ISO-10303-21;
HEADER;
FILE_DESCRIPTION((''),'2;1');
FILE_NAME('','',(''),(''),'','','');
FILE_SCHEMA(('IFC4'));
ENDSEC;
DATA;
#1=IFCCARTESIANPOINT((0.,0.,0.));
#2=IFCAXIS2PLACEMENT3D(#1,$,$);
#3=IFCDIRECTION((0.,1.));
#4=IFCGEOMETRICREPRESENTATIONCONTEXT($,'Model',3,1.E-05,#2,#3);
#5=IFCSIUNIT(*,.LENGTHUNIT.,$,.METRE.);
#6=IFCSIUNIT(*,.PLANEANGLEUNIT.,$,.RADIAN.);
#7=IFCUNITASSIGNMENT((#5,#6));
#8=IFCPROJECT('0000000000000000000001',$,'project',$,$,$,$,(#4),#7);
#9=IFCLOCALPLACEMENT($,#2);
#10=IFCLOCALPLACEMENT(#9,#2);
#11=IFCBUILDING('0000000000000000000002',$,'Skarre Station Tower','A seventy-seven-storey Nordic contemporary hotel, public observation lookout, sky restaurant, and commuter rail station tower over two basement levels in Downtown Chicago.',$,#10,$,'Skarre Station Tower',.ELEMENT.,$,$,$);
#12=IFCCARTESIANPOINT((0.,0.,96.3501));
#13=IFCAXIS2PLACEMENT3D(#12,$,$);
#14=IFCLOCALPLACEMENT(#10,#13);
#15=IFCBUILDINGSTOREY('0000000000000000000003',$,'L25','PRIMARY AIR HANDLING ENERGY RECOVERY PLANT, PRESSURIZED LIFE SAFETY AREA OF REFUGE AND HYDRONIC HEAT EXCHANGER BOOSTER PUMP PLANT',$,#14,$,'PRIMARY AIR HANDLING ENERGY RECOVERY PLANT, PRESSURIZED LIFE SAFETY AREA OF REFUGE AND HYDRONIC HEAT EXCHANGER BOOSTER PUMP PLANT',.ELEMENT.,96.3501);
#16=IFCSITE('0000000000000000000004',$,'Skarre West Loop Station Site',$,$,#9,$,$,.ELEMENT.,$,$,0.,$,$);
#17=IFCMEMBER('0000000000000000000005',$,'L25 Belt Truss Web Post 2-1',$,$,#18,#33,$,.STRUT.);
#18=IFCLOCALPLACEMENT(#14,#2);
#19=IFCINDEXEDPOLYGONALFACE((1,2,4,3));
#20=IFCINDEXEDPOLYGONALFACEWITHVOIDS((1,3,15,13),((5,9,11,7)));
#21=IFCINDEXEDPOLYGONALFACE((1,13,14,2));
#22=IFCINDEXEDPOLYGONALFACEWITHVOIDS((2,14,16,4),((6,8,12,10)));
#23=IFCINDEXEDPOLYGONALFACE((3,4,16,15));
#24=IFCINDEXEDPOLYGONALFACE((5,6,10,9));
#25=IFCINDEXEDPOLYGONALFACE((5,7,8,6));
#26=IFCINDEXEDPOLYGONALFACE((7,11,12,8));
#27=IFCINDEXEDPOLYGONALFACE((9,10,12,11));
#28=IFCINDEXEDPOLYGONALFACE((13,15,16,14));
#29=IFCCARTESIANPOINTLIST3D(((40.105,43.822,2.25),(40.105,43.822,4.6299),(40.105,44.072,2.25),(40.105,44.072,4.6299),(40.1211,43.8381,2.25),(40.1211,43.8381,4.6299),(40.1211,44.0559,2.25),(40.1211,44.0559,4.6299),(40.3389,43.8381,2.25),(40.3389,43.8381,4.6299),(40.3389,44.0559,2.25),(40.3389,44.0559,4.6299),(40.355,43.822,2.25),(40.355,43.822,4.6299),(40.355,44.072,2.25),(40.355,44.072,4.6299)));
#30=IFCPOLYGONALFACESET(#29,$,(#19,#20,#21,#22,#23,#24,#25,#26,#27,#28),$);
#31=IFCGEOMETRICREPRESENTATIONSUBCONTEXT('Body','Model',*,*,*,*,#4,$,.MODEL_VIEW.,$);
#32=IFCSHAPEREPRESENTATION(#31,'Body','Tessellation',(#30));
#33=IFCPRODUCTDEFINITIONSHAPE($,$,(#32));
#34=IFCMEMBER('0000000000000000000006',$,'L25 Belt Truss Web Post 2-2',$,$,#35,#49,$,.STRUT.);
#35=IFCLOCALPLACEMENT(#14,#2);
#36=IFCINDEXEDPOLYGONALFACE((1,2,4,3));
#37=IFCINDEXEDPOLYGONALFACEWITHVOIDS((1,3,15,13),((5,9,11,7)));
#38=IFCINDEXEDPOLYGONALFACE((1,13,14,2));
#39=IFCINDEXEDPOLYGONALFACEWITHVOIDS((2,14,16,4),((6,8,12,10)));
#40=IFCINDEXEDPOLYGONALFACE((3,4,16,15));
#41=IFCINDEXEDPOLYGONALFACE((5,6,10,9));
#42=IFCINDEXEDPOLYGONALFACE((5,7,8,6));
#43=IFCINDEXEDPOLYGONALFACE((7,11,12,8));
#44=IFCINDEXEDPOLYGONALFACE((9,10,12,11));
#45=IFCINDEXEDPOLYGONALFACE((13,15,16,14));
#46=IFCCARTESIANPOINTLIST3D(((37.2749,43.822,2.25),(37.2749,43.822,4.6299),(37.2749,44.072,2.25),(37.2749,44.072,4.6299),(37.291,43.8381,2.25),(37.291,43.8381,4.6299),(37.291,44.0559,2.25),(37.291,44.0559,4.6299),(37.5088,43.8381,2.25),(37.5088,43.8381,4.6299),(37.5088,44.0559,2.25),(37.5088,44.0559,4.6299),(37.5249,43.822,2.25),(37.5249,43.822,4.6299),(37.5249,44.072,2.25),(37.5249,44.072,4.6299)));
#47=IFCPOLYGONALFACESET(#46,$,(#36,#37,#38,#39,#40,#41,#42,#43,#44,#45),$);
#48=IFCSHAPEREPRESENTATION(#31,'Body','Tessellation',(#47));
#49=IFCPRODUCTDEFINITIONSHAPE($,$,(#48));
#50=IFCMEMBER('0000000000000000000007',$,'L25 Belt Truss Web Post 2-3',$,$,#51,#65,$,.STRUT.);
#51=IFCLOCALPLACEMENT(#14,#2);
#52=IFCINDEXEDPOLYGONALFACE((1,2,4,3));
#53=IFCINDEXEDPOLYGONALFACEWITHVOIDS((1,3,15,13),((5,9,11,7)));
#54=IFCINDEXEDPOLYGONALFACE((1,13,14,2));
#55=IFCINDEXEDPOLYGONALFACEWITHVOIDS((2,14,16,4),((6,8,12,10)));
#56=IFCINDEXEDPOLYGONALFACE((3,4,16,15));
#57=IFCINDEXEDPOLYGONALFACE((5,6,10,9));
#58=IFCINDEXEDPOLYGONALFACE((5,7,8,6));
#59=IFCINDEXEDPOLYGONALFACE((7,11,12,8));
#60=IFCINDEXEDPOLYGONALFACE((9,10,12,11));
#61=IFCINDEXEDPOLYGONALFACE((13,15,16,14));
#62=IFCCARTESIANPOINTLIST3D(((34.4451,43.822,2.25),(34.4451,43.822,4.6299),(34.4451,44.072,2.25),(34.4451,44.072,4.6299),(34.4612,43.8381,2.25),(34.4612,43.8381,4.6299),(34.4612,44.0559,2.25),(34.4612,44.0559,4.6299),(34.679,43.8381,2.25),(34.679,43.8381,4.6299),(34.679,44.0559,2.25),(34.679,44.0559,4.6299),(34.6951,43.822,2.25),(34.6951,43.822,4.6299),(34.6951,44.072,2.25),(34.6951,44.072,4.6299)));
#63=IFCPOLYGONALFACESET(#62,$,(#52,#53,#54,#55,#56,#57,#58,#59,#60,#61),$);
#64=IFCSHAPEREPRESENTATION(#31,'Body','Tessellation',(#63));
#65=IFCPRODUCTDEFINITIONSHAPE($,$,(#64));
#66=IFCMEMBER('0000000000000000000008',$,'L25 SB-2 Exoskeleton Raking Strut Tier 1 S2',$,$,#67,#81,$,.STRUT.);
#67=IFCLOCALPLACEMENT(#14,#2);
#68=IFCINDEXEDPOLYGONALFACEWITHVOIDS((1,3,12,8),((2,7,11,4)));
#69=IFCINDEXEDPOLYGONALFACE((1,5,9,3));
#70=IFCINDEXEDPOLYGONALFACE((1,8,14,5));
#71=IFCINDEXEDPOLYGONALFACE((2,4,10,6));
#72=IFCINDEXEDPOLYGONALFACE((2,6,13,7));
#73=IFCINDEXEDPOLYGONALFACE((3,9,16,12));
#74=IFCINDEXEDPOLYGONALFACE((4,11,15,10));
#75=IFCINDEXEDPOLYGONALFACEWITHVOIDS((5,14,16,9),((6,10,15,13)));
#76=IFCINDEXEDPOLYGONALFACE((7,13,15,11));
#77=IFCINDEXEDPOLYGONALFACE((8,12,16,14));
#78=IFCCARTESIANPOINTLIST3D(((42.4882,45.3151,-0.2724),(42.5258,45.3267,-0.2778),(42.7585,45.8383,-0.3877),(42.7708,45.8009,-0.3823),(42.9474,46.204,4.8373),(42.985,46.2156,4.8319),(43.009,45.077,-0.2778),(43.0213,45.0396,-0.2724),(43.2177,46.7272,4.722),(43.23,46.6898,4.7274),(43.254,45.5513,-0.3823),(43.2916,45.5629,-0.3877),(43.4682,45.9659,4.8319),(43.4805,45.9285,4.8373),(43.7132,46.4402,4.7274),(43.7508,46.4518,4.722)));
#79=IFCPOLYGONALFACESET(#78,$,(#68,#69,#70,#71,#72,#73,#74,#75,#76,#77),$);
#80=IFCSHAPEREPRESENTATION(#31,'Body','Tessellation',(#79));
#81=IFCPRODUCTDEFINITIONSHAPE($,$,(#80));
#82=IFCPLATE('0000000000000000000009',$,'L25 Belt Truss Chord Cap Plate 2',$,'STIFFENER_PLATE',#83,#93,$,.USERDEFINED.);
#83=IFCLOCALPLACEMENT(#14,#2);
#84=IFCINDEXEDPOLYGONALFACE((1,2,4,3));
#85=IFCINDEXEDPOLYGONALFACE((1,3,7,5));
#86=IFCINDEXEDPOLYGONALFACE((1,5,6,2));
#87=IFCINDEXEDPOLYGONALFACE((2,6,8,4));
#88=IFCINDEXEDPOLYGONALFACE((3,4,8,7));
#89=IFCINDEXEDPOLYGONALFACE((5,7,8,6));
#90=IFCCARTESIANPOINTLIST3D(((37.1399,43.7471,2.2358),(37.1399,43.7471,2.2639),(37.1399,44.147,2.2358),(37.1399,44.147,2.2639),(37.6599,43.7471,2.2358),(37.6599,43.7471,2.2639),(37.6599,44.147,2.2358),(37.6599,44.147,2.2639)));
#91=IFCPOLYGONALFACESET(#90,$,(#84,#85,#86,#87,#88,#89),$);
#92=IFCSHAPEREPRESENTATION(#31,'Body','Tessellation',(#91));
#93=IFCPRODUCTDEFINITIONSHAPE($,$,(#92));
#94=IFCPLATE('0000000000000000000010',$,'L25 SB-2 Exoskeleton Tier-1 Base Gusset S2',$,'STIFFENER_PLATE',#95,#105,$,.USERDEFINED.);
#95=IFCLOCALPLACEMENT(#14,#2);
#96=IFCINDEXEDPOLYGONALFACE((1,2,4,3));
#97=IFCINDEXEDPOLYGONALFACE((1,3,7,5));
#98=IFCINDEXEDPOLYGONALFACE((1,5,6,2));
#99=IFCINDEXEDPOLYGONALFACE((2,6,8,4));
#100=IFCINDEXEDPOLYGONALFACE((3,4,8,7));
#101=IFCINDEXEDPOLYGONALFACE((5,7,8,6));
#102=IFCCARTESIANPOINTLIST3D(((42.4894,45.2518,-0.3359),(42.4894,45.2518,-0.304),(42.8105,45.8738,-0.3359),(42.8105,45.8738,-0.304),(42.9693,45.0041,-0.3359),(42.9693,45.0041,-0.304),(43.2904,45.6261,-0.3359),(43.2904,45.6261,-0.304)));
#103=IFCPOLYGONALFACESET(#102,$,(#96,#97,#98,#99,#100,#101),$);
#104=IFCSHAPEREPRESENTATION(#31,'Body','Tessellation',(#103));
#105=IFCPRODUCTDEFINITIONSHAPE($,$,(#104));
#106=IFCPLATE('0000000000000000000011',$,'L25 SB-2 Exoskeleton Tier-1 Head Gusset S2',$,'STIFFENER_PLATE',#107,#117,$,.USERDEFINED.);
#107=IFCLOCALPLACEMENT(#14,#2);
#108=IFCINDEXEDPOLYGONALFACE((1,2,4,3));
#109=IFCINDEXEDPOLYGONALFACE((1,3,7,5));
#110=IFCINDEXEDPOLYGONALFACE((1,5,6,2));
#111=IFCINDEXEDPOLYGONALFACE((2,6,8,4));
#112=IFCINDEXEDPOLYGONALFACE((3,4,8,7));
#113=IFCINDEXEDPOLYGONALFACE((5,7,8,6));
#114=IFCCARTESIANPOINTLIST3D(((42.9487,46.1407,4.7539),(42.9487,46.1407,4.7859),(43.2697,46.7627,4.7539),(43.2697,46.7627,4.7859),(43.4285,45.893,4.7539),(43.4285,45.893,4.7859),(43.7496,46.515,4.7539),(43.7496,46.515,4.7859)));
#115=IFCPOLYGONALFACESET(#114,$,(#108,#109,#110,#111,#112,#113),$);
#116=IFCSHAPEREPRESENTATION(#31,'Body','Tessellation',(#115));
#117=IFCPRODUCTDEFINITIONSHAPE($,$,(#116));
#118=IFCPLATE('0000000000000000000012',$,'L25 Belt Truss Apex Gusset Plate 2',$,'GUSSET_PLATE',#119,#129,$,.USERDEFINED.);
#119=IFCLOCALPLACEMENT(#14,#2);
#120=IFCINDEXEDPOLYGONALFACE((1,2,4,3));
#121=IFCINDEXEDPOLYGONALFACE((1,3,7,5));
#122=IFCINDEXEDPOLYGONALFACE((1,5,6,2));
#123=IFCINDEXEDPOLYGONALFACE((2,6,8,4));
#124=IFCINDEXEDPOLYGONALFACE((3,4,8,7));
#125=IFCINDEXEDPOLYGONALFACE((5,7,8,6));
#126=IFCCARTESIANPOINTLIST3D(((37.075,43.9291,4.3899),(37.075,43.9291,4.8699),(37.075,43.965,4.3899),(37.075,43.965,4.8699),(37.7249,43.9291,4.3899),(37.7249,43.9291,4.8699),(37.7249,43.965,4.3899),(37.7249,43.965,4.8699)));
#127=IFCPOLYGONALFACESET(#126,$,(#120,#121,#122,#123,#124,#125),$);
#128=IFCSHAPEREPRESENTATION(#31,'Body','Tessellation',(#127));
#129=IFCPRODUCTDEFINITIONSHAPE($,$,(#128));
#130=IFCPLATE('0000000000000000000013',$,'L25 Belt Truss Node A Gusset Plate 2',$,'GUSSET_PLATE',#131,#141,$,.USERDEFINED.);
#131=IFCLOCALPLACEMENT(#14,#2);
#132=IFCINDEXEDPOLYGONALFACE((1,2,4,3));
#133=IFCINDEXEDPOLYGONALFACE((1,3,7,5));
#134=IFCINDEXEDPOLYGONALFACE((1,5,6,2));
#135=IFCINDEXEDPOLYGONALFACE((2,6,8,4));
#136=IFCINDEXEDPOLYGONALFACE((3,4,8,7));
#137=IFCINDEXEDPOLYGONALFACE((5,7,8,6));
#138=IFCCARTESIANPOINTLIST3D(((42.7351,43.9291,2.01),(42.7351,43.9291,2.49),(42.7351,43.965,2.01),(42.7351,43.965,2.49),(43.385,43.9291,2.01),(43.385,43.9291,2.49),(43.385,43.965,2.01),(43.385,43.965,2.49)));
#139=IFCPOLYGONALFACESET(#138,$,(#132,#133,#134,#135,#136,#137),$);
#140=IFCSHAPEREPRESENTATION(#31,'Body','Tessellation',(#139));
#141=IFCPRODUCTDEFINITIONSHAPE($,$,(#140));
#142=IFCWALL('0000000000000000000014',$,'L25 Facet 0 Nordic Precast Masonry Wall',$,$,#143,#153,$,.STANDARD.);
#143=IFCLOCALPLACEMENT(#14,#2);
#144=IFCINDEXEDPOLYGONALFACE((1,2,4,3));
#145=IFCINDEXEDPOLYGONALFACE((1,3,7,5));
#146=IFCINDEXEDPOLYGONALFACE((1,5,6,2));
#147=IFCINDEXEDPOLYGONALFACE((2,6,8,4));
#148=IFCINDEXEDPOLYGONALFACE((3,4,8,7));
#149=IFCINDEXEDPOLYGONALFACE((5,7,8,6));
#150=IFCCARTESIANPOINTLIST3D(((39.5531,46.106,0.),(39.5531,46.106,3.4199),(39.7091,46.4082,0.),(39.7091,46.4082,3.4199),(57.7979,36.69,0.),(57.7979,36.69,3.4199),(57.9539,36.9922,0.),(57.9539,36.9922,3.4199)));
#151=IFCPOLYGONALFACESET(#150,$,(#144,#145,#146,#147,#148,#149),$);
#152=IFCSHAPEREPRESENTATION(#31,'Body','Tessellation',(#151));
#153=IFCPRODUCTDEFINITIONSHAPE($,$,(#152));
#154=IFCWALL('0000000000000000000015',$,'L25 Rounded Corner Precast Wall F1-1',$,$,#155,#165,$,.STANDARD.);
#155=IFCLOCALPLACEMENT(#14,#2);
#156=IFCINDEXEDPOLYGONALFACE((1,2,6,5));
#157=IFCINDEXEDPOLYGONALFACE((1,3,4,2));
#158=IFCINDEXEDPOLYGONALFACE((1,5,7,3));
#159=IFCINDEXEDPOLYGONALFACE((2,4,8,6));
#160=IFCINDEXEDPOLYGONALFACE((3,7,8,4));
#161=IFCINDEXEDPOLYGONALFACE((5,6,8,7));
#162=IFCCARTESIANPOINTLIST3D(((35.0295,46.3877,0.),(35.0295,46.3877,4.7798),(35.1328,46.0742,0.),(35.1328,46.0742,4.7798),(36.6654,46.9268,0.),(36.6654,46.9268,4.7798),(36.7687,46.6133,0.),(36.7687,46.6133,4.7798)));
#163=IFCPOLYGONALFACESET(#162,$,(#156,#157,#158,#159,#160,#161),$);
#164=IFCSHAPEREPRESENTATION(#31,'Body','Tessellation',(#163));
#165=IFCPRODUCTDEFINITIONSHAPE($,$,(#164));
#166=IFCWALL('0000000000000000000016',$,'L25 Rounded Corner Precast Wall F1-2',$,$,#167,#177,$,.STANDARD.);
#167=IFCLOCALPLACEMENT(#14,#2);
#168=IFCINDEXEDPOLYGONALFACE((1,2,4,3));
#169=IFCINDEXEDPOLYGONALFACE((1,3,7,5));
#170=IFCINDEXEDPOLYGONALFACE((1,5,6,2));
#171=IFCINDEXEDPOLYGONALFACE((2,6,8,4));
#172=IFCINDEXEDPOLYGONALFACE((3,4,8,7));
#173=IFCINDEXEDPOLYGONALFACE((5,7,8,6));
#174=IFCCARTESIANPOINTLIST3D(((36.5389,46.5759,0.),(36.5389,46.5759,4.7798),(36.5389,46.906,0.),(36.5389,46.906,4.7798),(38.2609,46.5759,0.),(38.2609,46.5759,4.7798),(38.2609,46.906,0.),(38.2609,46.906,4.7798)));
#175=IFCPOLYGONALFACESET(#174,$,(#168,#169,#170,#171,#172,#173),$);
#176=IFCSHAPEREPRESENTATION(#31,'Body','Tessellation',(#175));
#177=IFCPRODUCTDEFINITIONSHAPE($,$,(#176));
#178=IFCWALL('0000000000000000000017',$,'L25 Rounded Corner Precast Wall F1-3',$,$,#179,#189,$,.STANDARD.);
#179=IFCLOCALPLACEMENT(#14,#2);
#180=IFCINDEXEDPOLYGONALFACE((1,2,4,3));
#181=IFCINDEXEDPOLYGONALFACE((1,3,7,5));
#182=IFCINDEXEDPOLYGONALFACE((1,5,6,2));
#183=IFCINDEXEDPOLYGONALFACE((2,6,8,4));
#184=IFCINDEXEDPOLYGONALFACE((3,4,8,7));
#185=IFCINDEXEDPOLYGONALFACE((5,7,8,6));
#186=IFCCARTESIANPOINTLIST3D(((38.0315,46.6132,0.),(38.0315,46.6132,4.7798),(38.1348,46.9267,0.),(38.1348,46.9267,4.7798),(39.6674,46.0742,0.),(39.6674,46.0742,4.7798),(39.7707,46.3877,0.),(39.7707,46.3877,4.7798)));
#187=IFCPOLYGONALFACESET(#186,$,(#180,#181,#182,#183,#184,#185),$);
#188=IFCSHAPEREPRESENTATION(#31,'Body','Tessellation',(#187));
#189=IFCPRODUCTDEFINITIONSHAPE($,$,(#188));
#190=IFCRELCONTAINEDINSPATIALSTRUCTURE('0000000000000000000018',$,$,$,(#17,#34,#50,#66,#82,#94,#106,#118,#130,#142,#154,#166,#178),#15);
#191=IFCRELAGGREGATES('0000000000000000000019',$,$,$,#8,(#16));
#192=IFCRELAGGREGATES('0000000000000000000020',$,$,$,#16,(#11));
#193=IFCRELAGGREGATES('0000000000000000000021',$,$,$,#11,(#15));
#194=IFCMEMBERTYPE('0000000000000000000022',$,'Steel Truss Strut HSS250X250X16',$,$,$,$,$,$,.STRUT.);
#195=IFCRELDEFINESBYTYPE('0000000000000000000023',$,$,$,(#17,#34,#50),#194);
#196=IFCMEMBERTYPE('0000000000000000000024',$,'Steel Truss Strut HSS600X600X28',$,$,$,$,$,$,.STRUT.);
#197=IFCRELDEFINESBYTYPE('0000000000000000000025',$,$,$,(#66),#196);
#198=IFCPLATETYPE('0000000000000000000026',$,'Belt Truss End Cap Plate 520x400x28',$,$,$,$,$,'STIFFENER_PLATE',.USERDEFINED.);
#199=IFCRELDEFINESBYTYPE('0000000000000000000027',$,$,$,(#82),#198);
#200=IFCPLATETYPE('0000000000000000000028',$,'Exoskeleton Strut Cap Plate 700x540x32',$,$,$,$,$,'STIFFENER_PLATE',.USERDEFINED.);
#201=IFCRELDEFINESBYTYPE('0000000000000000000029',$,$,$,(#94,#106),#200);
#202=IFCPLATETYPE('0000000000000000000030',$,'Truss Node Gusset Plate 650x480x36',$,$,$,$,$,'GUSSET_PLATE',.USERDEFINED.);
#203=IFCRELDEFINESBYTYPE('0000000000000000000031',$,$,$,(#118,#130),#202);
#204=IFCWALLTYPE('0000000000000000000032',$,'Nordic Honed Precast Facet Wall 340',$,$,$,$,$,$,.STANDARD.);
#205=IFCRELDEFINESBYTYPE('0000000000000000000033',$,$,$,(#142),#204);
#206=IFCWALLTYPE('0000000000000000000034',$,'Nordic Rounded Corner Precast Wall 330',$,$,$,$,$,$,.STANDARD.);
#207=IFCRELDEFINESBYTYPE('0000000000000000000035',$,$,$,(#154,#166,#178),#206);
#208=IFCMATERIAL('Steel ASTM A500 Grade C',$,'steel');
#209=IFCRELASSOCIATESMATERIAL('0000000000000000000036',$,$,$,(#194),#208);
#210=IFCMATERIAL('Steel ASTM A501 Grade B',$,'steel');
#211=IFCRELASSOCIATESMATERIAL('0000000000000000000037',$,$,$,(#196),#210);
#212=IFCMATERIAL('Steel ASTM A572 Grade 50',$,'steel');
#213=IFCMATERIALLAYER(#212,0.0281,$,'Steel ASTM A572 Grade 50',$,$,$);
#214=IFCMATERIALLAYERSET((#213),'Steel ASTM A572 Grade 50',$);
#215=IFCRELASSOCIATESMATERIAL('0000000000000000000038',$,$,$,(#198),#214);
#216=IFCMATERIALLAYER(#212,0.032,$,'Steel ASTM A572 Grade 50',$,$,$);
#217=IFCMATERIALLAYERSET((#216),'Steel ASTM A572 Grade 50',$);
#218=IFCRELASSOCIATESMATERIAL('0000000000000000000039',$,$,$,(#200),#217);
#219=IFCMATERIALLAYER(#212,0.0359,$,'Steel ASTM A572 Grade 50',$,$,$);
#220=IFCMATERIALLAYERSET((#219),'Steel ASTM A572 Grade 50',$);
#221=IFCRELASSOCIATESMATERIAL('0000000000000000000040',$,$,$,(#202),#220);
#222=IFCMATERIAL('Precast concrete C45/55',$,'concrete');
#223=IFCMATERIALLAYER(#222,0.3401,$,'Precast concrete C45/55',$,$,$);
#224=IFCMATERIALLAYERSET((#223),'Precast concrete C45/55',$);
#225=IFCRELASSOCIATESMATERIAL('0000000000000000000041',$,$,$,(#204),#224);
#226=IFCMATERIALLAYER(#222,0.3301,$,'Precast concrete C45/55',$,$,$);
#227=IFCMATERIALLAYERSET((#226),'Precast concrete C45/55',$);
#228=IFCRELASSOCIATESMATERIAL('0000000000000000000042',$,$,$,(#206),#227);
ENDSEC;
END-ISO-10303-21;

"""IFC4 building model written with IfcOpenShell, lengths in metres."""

from ifc_helpers import new_model, si_unit, direction, frame, frame_2d, origin, origin_2d, place, context, subcontext, project, spatial, rectangle, hollow_rectangle, extrude, material, layer, layer_set, material_profile, profile_set, type_object, element, save


model = new_model("IFC4")

# Units and contexts
model_context = context("Model", 3, precision=1e-05, world=origin(), true_north=direction((0.0, 1.0)))
body_context = subcontext(model_context, "Body", "Model", "MODEL_VIEW")
ifc_project = project(units=[si_unit("LENGTHUNIT", "METRE"), si_unit("PLANEANGLEUNIT", "RADIAN")], contexts=[model_context])

# Site, building, storey
site_placement = place(None, origin())
site = spatial("IfcSite", under=ifc_project, at=site_placement, Name="Skarre West Loop Station Site", CompositionType="ELEMENT", RefElevation=0.0)
building_placement = place(site_placement, origin())
building = spatial("IfcBuilding", under=site, at=building_placement, Name="Skarre Station Tower", Description="A seventy-seven-storey Nordic contemporary hotel, public observation lookout, sky restaurant, and commuter rail station tower over two basement levels in Downtown Chicago.", LongName="Skarre Station Tower", CompositionType="ELEMENT")
storey_placement = place(building_placement, frame((0.0, 0.0, 96.3501)))
storey = spatial("IfcBuildingStorey", under=building, at=storey_placement, Name="L25", Description="PRIMARY AIR HANDLING ENERGY RECOVERY PLANT, PRESSURIZED LIFE SAFETY AREA OF REFUGE AND HYDRONIC HEAT EXCHANGER BOOSTER PUMP PLANT", LongName="PRIMARY AIR HANDLING ENERGY RECOVERY PLANT, PRESSURIZED LIFE SAFETY AREA OF REFUGE AND HYDRONIC HEAT EXCHANGER BOOSTER PUMP PLANT", CompositionType="ELEMENT", Elevation=96.3501)

# Shared definitions
ifc_material_1 = material(Name="Steel ASTM A572 Grade 50", Category="steel")

# Members
ifc_material_2 = material(Name="Steel ASTM A500 Grade C", Category="steel")
ifc_material_profile_1 = material_profile(ifc_material_2, hollow_rectangle(XDim=0.25, YDim=0.25, WallThickness=0.0161, at=origin_2d()), Name="Steel ASTM A500 Grade C")
ifc_profile_set_1 = profile_set([ifc_material_profile_1], Name="Steel ASTM A500 Grade C")
member_type_1 = type_object("IfcMemberType", Name="Steel Truss Strut HSS250X250X16", PredefinedType="STRUT", material=ifc_profile_set_1)
for number, where, z_axis, x_axis, name in (
    (1, (40.23, 43.947, 2.25), (0.0, 0.0, 1.0), (1.0, 0.0, 0.0), "L25 Belt Truss Web Post 2-1"),
    (2, (37.3999, 43.947, 2.25), (0.0, 0.0, 1.0), (1.0, 0.0, 0.0), "L25 Belt Truss Web Post 2-2"),
    (3, (34.5701, 43.947, 2.25), (0.0, 0.0, 1.0), (1.0, 0.0, 0.0), "L25 Belt Truss Web Post 2-3"),
):
    element("IfcMember", number, at=place(storey_placement, frame(where, z_axis=z_axis, x_axis=x_axis)), inside=storey, type_object=member_type_1, Name=name, PredefinedType="STRUT", context=body_context, shape_type="SweptSolid", body=[
        extrude(hollow_rectangle(XDim=0.25, YDim=0.25, WallThickness=0.0161, at=origin_2d()), origin(), (0.0, 0.0, 1.0), 2.3799),
    ])
ifc_material_3 = material(Name="Steel ASTM A501 Grade B", Category="steel")
ifc_material_profile_2 = material_profile(ifc_material_3, hollow_rectangle(XDim=0.6001, YDim=0.6001, WallThickness=0.0281, at=origin_2d()), Name="Steel ASTM A501 Grade B")
ifc_profile_set_2 = profile_set([ifc_material_profile_2], Name="Steel ASTM A501 Grade B")
member_type_2 = type_object("IfcMemberType", Name="Steel Truss Strut HSS600X600X28", PredefinedType="STRUT", material=ifc_profile_set_2)
member_1_placement = place(storey_placement, frame((42.8899, 45.439, -0.3301), z_axis=(0.088196, 0.170719, 0.981365), x_axis=(-0.888444, 0.458985, 0.0)))
element("IfcMember", 4, at=member_1_placement, inside=storey, type_object=member_type_2, Name="L25 SB-2 Exoskeleton Raking Strut Tier 1 S2", PredefinedType="STRUT", context=body_context, shape_type="SweptSolid", body=[
    extrude(hollow_rectangle(XDim=0.6001, YDim=0.6001, WallThickness=0.0281, at=origin_2d()), origin(), (0.0, 0.0, 1.0), 5.2068),
])

# Plates
ifc_layer_1 = layer(ifc_material_1, 0.0281, Name="Steel ASTM A572 Grade 50")
ifc_layer_set_1 = layer_set([ifc_layer_1], Name="Steel ASTM A572 Grade 50")
plate_type_1 = type_object("IfcPlateType", Name="Belt Truss End Cap Plate 520x400x28", ElementType="STIFFENER_PLATE", PredefinedType="USERDEFINED", material=ifc_layer_set_1)
plate_placement = place(storey_placement, frame((37.3999, 43.947, 2.2358), z_axis=(0.0, 0.0, 1.0), x_axis=(-1.0, 0.0, 0.0)))
element("IfcPlate", 5, at=plate_placement, inside=storey, type_object=plate_type_1, Name="L25 Belt Truss Chord Cap Plate 2", ObjectType="STIFFENER_PLATE", PredefinedType="USERDEFINED", context=body_context, shape_type="SweptSolid", body=[
    extrude(rectangle(XDim=0.52, YDim=0.3999, at=origin_2d()), origin(), (0.0, 0.0, 1.0), 0.0281),
])
ifc_layer_2 = layer(ifc_material_1, 0.032, Name="Steel ASTM A572 Grade 50")
ifc_layer_set_2 = layer_set([ifc_layer_2], Name="Steel ASTM A572 Grade 50")
plate_type_2 = type_object("IfcPlateType", Name="Exoskeleton Strut Cap Plate 700x540x32", ElementType="STIFFENER_PLATE", PredefinedType="USERDEFINED", material=ifc_layer_set_2)
for number, where, z_axis, x_axis, name in (
    (6, (42.8899, 45.439, -0.3359), (0.0, 0.0, 1.0), (0.45865, 0.888617, 0.0), "L25 SB-2 Exoskeleton Tier-1 Base Gusset S2"),
    (7, (43.3491, 46.3279, 4.7539), (0.0, 0.0, 1.0), (0.45865, 0.888617, 0.0), "L25 SB-2 Exoskeleton Tier-1 Head Gusset S2"),
):
    element("IfcPlate", number, at=place(storey_placement, frame(where, z_axis=z_axis, x_axis=x_axis)), inside=storey, type_object=plate_type_2, Name=name, ObjectType="STIFFENER_PLATE", PredefinedType="USERDEFINED", context=body_context, shape_type="SweptSolid", body=[
        extrude(rectangle(XDim=0.7, YDim=0.54, at=origin_2d()), origin(), (0.0, 0.0, 1.0), 0.032),
    ])
ifc_layer_3 = layer(ifc_material_1, 0.0359, Name="Steel ASTM A572 Grade 50")
ifc_layer_set_3 = layer_set([ifc_layer_3], Name="Steel ASTM A572 Grade 50")
plate_type_3 = type_object("IfcPlateType", Name="Truss Node Gusset Plate 650x480x36", ElementType="GUSSET_PLATE", PredefinedType="USERDEFINED", material=ifc_layer_set_3)
for number, where, z_axis, x_axis, name in (
    (8, (37.3999, 43.947, 4.3899), (0.0, 0.0, 1.0), (-1.0, 0.0, 0.0), "L25 Belt Truss Apex Gusset Plate 2"),
    (9, (43.0601, 43.947, 2.01), (0.0, 0.0, 1.0), (-1.0, 0.0, 0.0), "L25 Belt Truss Node A Gusset Plate 2"),
):
    element("IfcPlate", number, at=place(storey_placement, frame(where, z_axis=z_axis, x_axis=x_axis)), inside=storey, type_object=plate_type_3, Name=name, ObjectType="GUSSET_PLATE", PredefinedType="USERDEFINED", context=body_context, shape_type="SweptSolid", body=[
        extrude(rectangle(XDim=0.6499, YDim=0.0359, at=origin_2d()), origin(), (0.0, 0.0, 1.0), 0.48),
    ])

# Walls
ifc_material_4 = material(Name="Precast concrete C45/55", Category="concrete")
ifc_layer_4 = layer(ifc_material_4, 0.3401, Name="Precast concrete C45/55")
ifc_layer_set_4 = layer_set([ifc_layer_4], Name="Precast concrete C45/55")
wall_type_1 = type_object("IfcWallType", Name="Nordic Honed Precast Facet Wall 340", PredefinedType="STANDARD", material=ifc_layer_set_4)
wall_1_placement = place(storey_placement, frame((39.6311, 46.2571, 0.0), z_axis=(0.0, 0.0, 1.0), x_axis=(0.888634, -0.458616, 0.0)))
element("IfcWall", 10, at=wall_1_placement, inside=storey, type_object=wall_type_1, Name="L25 Facet 0 Nordic Precast Masonry Wall", PredefinedType="STANDARD", context=body_context, shape_type="SweptSolid", body=[
    extrude(rectangle(XDim=20.5312, YDim=0.3401, at=frame_2d((10.2656, 0.0))), origin(), (0.0, 0.0, 1.0), 3.4199),
])
ifc_layer_5 = layer(ifc_material_4, 0.3301, Name="Precast concrete C45/55")
ifc_layer_set_5 = layer_set([ifc_layer_5], Name="Precast concrete C45/55")
wall_type_2 = type_object("IfcWallType", Name="Nordic Rounded Corner Precast Wall 330", PredefinedType="STANDARD", material=ifc_layer_set_5)
wall_2_placement = place(storey_placement, frame((35.0811, 46.231, 0.0), z_axis=(0.0, 0.0, 1.0), x_axis=(0.949769, 0.312952, 0.0)))
element("IfcWall", 11, at=wall_2_placement, inside=storey, type_object=wall_type_2, Name="L25 Rounded Corner Precast Wall F1-1", PredefinedType="STANDARD", context=body_context, shape_type="SweptSolid", body=[
    extrude(rectangle(XDim=1.7224, YDim=0.3301, at=frame_2d((0.8613, 0.0))), origin(), (0.0, 0.0, 1.0), 4.7798),
])
wall_3_placement = place(storey_placement, frame((36.5391, 46.741, 0.0), z_axis=(0.0, 0.0, 1.0), x_axis=(1.0, 0.0, 0.0)))
element("IfcWall", 12, at=wall_3_placement, inside=storey, type_object=wall_type_2, Name="L25 Rounded Corner Precast Wall F1-2", PredefinedType="STANDARD", context=body_context, shape_type="SweptSolid", body=[
    extrude(rectangle(XDim=1.7219, YDim=0.3301, at=frame_2d((0.8608, 0.0))), origin(), (0.0, 0.0, 1.0), 4.7798),
])
wall_4_placement = place(storey_placement, frame((38.083, 46.77, 0.0), z_axis=(0.0, 0.0, 1.0), x_axis=(0.949769, -0.312952, 0.0)))
element("IfcWall", 13, at=wall_4_placement, inside=storey, type_object=wall_type_2, Name="L25 Rounded Corner Precast Wall F1-3", PredefinedType="STANDARD", context=body_context, shape_type="SweptSolid", body=[
    extrude(rectangle(XDim=1.7224, YDim=0.3301, at=frame_2d((0.8613, 0.0))), origin(), (0.0, 0.0, 1.0), 4.7798),
])

save(model, "model.ifc")
